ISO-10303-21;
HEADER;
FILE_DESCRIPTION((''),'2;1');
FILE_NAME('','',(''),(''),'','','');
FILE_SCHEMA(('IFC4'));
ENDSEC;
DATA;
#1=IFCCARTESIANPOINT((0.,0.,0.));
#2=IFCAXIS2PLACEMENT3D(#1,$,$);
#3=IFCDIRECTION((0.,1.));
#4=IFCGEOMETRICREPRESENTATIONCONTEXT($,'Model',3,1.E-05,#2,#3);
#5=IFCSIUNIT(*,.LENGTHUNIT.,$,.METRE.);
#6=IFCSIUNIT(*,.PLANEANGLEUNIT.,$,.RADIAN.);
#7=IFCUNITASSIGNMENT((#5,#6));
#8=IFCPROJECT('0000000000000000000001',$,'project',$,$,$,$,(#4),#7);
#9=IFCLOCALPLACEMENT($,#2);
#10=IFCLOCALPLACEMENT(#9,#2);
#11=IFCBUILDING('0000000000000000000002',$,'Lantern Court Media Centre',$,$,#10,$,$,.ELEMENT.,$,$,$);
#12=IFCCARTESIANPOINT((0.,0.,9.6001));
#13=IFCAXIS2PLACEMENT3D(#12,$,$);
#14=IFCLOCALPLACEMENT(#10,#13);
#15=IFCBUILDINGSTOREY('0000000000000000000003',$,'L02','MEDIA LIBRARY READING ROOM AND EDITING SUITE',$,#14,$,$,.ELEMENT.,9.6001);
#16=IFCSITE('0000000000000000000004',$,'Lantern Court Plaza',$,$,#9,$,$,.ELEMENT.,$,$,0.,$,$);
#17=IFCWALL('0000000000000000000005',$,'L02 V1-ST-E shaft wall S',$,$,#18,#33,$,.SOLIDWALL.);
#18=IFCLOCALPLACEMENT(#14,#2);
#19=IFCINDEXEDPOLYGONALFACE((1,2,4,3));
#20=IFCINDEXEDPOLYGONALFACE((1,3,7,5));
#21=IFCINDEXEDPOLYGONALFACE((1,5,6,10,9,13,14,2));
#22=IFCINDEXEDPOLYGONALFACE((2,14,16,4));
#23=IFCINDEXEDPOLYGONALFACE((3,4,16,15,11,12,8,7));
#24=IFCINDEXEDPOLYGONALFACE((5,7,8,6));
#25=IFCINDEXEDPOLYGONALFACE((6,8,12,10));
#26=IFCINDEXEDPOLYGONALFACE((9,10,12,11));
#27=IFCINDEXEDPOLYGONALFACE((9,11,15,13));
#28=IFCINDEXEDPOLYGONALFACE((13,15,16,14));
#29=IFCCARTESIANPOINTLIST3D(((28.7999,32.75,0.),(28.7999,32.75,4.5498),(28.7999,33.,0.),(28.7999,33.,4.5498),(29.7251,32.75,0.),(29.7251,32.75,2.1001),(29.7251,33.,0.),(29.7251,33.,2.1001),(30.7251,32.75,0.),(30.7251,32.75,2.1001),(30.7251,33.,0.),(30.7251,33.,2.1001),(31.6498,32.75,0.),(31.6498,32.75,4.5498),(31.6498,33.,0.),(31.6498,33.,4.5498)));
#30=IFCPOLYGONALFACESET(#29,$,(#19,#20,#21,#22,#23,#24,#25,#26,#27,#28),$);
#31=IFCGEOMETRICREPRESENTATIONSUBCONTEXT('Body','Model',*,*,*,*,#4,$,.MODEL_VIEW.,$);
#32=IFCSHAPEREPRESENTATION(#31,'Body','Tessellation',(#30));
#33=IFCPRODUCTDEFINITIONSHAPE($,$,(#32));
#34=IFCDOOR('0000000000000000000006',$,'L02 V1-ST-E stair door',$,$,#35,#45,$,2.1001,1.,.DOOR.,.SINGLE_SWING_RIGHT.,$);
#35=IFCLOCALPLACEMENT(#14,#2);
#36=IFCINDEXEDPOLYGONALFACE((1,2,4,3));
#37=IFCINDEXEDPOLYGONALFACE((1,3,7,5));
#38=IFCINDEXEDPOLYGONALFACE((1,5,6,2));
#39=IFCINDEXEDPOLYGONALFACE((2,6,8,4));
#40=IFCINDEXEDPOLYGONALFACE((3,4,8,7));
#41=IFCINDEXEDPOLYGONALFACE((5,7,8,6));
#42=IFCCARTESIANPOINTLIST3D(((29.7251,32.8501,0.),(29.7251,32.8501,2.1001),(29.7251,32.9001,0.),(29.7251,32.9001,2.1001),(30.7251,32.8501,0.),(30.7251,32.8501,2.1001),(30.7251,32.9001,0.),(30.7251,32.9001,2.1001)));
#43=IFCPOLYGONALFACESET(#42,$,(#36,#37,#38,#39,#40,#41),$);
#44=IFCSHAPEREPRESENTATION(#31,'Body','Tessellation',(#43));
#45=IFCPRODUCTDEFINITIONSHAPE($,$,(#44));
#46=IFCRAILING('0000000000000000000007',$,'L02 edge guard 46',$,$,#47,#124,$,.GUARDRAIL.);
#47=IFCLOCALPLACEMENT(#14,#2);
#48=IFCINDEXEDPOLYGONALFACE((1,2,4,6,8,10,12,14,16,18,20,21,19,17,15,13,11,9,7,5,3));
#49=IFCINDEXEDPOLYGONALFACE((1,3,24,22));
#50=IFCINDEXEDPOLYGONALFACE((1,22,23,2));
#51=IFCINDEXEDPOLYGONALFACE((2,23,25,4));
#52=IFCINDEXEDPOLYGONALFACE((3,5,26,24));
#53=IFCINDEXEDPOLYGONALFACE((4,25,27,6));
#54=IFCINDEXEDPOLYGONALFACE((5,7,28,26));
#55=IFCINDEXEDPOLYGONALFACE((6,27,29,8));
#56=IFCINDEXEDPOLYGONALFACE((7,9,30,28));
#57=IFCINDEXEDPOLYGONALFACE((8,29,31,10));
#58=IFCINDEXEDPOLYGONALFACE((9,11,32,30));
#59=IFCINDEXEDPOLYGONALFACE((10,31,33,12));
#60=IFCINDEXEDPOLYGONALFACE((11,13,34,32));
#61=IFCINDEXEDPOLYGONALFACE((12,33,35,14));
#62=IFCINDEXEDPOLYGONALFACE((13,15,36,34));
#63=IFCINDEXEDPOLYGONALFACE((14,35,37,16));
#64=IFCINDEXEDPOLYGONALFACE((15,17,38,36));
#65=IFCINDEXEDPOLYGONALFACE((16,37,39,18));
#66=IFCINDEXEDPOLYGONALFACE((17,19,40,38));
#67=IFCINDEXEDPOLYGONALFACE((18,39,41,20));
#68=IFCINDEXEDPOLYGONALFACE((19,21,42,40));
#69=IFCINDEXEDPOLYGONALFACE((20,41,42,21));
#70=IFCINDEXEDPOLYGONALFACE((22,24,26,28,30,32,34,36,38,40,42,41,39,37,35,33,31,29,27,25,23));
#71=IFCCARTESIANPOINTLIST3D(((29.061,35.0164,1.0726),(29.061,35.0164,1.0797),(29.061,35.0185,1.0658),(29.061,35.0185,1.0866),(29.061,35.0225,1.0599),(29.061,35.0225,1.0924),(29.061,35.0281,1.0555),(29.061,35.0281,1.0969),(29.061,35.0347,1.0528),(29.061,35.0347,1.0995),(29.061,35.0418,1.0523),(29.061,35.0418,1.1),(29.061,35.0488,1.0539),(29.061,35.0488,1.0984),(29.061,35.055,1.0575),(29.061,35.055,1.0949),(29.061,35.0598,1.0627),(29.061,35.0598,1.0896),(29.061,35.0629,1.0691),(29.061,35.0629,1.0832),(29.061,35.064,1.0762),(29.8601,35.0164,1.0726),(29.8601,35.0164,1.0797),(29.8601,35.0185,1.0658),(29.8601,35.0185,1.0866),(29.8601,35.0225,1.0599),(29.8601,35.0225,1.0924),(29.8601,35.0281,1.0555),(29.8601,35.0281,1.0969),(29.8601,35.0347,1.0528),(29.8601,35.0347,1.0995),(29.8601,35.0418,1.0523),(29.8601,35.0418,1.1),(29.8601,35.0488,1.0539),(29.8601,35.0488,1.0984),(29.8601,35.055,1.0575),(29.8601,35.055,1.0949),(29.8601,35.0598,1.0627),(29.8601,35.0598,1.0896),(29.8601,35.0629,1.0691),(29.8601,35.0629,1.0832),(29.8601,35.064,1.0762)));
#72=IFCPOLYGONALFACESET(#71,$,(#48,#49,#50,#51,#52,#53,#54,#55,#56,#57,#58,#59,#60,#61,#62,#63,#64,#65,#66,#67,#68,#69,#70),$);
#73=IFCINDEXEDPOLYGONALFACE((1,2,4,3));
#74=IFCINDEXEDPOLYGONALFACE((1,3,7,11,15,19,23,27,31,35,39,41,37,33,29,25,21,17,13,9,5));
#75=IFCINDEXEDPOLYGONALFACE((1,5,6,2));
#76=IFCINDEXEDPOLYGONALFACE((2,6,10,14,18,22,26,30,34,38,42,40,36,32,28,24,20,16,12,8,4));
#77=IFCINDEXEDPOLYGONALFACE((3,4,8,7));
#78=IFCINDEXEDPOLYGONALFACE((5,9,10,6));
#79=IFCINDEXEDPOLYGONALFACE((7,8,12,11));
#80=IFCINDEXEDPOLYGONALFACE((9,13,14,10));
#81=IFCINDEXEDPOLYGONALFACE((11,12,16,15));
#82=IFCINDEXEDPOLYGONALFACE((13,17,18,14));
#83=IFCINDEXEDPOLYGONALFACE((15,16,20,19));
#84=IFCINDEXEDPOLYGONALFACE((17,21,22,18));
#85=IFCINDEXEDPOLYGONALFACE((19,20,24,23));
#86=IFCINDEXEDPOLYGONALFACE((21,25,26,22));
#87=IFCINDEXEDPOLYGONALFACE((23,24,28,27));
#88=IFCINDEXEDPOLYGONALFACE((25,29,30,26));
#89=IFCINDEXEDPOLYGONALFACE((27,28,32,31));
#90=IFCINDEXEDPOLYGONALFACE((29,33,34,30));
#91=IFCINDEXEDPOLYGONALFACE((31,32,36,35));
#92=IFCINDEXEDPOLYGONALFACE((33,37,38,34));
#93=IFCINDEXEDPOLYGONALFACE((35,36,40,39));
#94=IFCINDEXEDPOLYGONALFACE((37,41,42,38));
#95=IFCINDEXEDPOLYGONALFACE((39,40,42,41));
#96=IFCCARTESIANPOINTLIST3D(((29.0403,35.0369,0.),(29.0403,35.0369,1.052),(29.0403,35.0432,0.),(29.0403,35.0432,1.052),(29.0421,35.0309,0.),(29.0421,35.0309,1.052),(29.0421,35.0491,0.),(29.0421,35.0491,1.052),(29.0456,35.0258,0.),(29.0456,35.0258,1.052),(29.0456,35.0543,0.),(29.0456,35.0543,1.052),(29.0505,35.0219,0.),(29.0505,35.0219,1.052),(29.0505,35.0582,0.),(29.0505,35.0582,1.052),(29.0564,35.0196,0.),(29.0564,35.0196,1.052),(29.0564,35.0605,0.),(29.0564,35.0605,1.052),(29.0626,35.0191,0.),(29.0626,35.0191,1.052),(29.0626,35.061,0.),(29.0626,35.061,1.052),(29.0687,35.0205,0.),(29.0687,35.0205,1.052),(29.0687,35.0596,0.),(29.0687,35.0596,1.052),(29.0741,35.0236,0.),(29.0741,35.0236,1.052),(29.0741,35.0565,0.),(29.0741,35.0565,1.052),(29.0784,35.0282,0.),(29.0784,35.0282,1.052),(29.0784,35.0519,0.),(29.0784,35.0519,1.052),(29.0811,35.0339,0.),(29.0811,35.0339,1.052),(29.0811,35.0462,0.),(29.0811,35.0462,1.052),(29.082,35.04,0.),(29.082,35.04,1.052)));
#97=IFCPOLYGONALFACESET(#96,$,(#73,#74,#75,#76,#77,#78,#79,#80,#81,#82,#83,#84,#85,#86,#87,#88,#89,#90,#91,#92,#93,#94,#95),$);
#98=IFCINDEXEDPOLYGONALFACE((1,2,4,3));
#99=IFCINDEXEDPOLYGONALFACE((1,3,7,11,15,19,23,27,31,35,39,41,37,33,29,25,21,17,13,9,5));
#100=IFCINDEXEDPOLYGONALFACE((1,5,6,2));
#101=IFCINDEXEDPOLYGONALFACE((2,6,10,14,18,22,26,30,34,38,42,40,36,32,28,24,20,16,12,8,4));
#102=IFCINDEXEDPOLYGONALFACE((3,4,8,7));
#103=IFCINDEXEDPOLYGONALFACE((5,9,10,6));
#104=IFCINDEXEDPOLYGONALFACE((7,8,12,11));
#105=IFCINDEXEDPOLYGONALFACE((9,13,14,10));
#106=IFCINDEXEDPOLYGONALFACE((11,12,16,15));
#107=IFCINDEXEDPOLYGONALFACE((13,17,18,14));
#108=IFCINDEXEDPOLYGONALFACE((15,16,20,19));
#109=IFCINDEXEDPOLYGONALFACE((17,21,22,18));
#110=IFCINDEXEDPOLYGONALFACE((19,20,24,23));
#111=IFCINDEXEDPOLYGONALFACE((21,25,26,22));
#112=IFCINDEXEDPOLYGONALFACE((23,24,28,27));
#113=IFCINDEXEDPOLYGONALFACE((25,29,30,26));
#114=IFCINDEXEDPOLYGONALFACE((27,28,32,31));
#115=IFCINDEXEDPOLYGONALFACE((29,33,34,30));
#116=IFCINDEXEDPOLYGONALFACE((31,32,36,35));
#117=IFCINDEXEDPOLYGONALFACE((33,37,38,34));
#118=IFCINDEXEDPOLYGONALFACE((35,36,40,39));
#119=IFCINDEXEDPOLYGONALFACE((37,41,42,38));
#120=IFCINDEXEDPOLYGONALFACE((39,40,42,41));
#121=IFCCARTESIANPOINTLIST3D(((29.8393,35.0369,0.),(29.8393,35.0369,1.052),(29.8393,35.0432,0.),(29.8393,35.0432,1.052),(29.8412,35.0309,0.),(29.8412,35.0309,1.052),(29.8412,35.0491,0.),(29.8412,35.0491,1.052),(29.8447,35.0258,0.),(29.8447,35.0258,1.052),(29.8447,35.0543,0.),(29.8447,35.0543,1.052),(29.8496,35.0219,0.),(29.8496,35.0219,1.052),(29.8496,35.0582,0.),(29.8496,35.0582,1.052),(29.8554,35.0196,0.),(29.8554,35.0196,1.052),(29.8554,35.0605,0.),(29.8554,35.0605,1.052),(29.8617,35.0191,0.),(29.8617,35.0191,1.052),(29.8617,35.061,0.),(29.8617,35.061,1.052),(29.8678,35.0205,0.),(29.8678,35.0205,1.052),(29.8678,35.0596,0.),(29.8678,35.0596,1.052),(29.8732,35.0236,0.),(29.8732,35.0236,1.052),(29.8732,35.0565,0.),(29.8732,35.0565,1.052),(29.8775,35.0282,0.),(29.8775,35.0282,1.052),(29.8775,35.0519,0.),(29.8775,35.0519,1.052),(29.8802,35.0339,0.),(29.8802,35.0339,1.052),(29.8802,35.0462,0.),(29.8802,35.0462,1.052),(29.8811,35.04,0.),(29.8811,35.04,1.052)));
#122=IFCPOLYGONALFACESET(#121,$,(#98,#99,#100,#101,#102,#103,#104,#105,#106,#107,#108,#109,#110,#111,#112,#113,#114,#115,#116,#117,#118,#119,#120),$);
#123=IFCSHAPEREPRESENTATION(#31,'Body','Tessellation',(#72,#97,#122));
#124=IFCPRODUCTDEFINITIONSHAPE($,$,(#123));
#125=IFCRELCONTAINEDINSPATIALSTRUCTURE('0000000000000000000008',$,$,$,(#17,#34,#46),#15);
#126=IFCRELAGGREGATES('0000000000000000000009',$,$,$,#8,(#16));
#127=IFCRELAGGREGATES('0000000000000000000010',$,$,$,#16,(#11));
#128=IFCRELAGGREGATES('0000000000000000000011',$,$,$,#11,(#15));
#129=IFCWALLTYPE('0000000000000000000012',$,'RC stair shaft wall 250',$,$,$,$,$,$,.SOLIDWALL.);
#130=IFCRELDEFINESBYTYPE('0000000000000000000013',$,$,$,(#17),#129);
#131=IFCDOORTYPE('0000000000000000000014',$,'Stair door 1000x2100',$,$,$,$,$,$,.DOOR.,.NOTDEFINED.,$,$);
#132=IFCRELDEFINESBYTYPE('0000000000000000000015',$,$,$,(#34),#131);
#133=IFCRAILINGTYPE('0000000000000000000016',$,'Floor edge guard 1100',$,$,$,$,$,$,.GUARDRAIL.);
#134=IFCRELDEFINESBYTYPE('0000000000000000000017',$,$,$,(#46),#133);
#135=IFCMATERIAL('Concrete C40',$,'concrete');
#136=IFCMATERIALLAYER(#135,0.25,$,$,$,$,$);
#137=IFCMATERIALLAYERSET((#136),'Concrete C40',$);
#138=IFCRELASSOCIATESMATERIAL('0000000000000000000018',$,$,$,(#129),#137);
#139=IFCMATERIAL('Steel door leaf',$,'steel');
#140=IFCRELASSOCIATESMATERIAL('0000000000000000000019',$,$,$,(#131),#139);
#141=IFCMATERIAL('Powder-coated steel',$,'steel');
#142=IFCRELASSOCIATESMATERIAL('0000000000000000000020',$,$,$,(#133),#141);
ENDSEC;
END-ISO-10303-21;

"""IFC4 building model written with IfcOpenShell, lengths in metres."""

from ifc_helpers import new_model, si_unit, direction, frame, frame_2d, origin, origin_2d, place, context, subcontext, project, spatial, rectangle, circle, extrude, material, layer, layer_set, type_object, element, fill, save


model = new_model("IFC4")

# Units and contexts
model_context = context("Model", 3, precision=1e-05, world=origin(), true_north=direction((0.0, 1.0)))
body_context = subcontext(model_context, "Body", "Model", "MODEL_VIEW")
ifc_project = project(units=[si_unit("LENGTHUNIT", "METRE"), si_unit("PLANEANGLEUNIT", "RADIAN")], contexts=[model_context])

# Site, building, storey
site_placement = place(None, origin())
site = spatial("IfcSite", under=ifc_project, at=site_placement, Name="Lantern Court Plaza", CompositionType="ELEMENT", RefElevation=0.0)
building_placement = place(site_placement, origin())
building = spatial("IfcBuilding", under=site, at=building_placement, Name="Lantern Court Media Centre", CompositionType="ELEMENT")
storey_placement = place(building_placement, frame((0.0, 0.0, 9.6001)))
storey = spatial("IfcBuildingStorey", under=building, at=storey_placement, Name="L02", Description="MEDIA LIBRARY READING ROOM AND EDITING SUITE", CompositionType="ELEMENT", Elevation=9.6001)

# Shared definitions
ifc_material_1 = material(Name="Concrete C40", Category="concrete")
ifc_layer = layer(ifc_material_1, 0.25)
ifc_layer_set = layer_set([ifc_layer], Name="Concrete C40")
wall_type = type_object("IfcWallType", Name="RC stair shaft wall 250", PredefinedType="SOLIDWALL", material=ifc_layer_set)

# Wall, opening, door
wall_1_placement = place(storey_placement, frame((28.8, 32.875, 0.0), z_axis=(0.0, 0.0, 1.0), x_axis=(1.0, 0.0, 0.0)))
wall_1 = element("IfcWall", 1, at=wall_1_placement, inside=storey, type_object=wall_type, Name="L02 V1-ST-E shaft wall S", PredefinedType="SOLIDWALL", context=body_context, shape_type="SweptSolid", body=[
    extrude(rectangle(XDim=2.8499, YDim=0.25, at=frame_2d((1.4248, 0.0))), origin(), (0.0, 0.0, 1.0), 4.5498),
])
opening_placement = place(wall_1_placement, frame((0.925, 0.0, 0.0)))
opening = element("IfcOpeningElement", 2, at=opening_placement, cuts=wall_1, PredefinedType="OPENING", context=body_context, shape_type="SweptSolid", body=[
    extrude(rectangle(XDim=1.0, YDim=2.1001, at=frame_2d((0.5, 1.05))), frame((0.0, 0.135, 0.0), z_axis=(0.0, -1.0, 0.0), x_axis=(1.0, 0.0, 0.0)), (0.0, 0.0, 1.0), 0.27),
])
ifc_material_2 = material(Name="Steel door leaf", Category="steel")
door_type = type_object("IfcDoorType", Name="Stair door 1000x2100", OperationType="NOTDEFINED", PredefinedType="DOOR", material=ifc_material_2)
door_placement = place(opening_placement, frame((1.0, 0.0, 0.0), z_axis=(0.0, 0.0, 1.0), x_axis=(-1.0, 0.0, 0.0)))
door = element("IfcDoor", 3, at=door_placement, inside=storey, type_object=door_type, Name="L02 V1-ST-E stair door", OperationType="SINGLE_SWING_RIGHT", OverallHeight=2.1001, OverallWidth=1.0, PredefinedType="DOOR", context=body_context, shape_type="SweptSolid", body=[
    extrude(rectangle(XDim=1.0, YDim=2.1001, at=frame_2d((0.5, 1.05))), frame((0.0, 0.0249, 0.0), z_axis=(0.0, -1.0, 0.0), x_axis=(1.0, 0.0, 0.0)), (0.0, 0.0, 1.0), 0.05),
])
fill(opening, door)

# Railing
ifc_material_3 = material(Name="Powder-coated steel", Category="steel")
railing_type_1 = type_object("IfcRailingType", Name="Floor edge guard 1100", PredefinedType="GUARDRAIL", material=ifc_material_3)
railing_1_placement = place(storey_placement, frame((29.061, 35.04, 0.0)))
element("IfcRailing", 4, at=railing_1_placement, inside=storey, type_object=railing_type_1, Name="L02 edge guard 46", PredefinedType="GUARDRAIL", context=body_context, shape_type="SweptSolid", body=[
    extrude(circle(Radius=0.0239, at=origin_2d()), frame((0.0, 0.0, 1.0762), z_axis=(1.0, 0.0, 0.0), x_axis=(0.0, 1.0, 0.0)), (0.0, 0.0, 1.0), 0.7991),
    extrude(circle(Radius=0.021, at=origin_2d()), origin(), (0.0, 0.0, 1.0), 1.052),
    extrude(circle(Radius=0.021, at=origin_2d()), frame((0.7991, 0.0, 0.0)), (0.0, 0.0, 1.0), 1.052),
])

save(model, "model.ifc")
